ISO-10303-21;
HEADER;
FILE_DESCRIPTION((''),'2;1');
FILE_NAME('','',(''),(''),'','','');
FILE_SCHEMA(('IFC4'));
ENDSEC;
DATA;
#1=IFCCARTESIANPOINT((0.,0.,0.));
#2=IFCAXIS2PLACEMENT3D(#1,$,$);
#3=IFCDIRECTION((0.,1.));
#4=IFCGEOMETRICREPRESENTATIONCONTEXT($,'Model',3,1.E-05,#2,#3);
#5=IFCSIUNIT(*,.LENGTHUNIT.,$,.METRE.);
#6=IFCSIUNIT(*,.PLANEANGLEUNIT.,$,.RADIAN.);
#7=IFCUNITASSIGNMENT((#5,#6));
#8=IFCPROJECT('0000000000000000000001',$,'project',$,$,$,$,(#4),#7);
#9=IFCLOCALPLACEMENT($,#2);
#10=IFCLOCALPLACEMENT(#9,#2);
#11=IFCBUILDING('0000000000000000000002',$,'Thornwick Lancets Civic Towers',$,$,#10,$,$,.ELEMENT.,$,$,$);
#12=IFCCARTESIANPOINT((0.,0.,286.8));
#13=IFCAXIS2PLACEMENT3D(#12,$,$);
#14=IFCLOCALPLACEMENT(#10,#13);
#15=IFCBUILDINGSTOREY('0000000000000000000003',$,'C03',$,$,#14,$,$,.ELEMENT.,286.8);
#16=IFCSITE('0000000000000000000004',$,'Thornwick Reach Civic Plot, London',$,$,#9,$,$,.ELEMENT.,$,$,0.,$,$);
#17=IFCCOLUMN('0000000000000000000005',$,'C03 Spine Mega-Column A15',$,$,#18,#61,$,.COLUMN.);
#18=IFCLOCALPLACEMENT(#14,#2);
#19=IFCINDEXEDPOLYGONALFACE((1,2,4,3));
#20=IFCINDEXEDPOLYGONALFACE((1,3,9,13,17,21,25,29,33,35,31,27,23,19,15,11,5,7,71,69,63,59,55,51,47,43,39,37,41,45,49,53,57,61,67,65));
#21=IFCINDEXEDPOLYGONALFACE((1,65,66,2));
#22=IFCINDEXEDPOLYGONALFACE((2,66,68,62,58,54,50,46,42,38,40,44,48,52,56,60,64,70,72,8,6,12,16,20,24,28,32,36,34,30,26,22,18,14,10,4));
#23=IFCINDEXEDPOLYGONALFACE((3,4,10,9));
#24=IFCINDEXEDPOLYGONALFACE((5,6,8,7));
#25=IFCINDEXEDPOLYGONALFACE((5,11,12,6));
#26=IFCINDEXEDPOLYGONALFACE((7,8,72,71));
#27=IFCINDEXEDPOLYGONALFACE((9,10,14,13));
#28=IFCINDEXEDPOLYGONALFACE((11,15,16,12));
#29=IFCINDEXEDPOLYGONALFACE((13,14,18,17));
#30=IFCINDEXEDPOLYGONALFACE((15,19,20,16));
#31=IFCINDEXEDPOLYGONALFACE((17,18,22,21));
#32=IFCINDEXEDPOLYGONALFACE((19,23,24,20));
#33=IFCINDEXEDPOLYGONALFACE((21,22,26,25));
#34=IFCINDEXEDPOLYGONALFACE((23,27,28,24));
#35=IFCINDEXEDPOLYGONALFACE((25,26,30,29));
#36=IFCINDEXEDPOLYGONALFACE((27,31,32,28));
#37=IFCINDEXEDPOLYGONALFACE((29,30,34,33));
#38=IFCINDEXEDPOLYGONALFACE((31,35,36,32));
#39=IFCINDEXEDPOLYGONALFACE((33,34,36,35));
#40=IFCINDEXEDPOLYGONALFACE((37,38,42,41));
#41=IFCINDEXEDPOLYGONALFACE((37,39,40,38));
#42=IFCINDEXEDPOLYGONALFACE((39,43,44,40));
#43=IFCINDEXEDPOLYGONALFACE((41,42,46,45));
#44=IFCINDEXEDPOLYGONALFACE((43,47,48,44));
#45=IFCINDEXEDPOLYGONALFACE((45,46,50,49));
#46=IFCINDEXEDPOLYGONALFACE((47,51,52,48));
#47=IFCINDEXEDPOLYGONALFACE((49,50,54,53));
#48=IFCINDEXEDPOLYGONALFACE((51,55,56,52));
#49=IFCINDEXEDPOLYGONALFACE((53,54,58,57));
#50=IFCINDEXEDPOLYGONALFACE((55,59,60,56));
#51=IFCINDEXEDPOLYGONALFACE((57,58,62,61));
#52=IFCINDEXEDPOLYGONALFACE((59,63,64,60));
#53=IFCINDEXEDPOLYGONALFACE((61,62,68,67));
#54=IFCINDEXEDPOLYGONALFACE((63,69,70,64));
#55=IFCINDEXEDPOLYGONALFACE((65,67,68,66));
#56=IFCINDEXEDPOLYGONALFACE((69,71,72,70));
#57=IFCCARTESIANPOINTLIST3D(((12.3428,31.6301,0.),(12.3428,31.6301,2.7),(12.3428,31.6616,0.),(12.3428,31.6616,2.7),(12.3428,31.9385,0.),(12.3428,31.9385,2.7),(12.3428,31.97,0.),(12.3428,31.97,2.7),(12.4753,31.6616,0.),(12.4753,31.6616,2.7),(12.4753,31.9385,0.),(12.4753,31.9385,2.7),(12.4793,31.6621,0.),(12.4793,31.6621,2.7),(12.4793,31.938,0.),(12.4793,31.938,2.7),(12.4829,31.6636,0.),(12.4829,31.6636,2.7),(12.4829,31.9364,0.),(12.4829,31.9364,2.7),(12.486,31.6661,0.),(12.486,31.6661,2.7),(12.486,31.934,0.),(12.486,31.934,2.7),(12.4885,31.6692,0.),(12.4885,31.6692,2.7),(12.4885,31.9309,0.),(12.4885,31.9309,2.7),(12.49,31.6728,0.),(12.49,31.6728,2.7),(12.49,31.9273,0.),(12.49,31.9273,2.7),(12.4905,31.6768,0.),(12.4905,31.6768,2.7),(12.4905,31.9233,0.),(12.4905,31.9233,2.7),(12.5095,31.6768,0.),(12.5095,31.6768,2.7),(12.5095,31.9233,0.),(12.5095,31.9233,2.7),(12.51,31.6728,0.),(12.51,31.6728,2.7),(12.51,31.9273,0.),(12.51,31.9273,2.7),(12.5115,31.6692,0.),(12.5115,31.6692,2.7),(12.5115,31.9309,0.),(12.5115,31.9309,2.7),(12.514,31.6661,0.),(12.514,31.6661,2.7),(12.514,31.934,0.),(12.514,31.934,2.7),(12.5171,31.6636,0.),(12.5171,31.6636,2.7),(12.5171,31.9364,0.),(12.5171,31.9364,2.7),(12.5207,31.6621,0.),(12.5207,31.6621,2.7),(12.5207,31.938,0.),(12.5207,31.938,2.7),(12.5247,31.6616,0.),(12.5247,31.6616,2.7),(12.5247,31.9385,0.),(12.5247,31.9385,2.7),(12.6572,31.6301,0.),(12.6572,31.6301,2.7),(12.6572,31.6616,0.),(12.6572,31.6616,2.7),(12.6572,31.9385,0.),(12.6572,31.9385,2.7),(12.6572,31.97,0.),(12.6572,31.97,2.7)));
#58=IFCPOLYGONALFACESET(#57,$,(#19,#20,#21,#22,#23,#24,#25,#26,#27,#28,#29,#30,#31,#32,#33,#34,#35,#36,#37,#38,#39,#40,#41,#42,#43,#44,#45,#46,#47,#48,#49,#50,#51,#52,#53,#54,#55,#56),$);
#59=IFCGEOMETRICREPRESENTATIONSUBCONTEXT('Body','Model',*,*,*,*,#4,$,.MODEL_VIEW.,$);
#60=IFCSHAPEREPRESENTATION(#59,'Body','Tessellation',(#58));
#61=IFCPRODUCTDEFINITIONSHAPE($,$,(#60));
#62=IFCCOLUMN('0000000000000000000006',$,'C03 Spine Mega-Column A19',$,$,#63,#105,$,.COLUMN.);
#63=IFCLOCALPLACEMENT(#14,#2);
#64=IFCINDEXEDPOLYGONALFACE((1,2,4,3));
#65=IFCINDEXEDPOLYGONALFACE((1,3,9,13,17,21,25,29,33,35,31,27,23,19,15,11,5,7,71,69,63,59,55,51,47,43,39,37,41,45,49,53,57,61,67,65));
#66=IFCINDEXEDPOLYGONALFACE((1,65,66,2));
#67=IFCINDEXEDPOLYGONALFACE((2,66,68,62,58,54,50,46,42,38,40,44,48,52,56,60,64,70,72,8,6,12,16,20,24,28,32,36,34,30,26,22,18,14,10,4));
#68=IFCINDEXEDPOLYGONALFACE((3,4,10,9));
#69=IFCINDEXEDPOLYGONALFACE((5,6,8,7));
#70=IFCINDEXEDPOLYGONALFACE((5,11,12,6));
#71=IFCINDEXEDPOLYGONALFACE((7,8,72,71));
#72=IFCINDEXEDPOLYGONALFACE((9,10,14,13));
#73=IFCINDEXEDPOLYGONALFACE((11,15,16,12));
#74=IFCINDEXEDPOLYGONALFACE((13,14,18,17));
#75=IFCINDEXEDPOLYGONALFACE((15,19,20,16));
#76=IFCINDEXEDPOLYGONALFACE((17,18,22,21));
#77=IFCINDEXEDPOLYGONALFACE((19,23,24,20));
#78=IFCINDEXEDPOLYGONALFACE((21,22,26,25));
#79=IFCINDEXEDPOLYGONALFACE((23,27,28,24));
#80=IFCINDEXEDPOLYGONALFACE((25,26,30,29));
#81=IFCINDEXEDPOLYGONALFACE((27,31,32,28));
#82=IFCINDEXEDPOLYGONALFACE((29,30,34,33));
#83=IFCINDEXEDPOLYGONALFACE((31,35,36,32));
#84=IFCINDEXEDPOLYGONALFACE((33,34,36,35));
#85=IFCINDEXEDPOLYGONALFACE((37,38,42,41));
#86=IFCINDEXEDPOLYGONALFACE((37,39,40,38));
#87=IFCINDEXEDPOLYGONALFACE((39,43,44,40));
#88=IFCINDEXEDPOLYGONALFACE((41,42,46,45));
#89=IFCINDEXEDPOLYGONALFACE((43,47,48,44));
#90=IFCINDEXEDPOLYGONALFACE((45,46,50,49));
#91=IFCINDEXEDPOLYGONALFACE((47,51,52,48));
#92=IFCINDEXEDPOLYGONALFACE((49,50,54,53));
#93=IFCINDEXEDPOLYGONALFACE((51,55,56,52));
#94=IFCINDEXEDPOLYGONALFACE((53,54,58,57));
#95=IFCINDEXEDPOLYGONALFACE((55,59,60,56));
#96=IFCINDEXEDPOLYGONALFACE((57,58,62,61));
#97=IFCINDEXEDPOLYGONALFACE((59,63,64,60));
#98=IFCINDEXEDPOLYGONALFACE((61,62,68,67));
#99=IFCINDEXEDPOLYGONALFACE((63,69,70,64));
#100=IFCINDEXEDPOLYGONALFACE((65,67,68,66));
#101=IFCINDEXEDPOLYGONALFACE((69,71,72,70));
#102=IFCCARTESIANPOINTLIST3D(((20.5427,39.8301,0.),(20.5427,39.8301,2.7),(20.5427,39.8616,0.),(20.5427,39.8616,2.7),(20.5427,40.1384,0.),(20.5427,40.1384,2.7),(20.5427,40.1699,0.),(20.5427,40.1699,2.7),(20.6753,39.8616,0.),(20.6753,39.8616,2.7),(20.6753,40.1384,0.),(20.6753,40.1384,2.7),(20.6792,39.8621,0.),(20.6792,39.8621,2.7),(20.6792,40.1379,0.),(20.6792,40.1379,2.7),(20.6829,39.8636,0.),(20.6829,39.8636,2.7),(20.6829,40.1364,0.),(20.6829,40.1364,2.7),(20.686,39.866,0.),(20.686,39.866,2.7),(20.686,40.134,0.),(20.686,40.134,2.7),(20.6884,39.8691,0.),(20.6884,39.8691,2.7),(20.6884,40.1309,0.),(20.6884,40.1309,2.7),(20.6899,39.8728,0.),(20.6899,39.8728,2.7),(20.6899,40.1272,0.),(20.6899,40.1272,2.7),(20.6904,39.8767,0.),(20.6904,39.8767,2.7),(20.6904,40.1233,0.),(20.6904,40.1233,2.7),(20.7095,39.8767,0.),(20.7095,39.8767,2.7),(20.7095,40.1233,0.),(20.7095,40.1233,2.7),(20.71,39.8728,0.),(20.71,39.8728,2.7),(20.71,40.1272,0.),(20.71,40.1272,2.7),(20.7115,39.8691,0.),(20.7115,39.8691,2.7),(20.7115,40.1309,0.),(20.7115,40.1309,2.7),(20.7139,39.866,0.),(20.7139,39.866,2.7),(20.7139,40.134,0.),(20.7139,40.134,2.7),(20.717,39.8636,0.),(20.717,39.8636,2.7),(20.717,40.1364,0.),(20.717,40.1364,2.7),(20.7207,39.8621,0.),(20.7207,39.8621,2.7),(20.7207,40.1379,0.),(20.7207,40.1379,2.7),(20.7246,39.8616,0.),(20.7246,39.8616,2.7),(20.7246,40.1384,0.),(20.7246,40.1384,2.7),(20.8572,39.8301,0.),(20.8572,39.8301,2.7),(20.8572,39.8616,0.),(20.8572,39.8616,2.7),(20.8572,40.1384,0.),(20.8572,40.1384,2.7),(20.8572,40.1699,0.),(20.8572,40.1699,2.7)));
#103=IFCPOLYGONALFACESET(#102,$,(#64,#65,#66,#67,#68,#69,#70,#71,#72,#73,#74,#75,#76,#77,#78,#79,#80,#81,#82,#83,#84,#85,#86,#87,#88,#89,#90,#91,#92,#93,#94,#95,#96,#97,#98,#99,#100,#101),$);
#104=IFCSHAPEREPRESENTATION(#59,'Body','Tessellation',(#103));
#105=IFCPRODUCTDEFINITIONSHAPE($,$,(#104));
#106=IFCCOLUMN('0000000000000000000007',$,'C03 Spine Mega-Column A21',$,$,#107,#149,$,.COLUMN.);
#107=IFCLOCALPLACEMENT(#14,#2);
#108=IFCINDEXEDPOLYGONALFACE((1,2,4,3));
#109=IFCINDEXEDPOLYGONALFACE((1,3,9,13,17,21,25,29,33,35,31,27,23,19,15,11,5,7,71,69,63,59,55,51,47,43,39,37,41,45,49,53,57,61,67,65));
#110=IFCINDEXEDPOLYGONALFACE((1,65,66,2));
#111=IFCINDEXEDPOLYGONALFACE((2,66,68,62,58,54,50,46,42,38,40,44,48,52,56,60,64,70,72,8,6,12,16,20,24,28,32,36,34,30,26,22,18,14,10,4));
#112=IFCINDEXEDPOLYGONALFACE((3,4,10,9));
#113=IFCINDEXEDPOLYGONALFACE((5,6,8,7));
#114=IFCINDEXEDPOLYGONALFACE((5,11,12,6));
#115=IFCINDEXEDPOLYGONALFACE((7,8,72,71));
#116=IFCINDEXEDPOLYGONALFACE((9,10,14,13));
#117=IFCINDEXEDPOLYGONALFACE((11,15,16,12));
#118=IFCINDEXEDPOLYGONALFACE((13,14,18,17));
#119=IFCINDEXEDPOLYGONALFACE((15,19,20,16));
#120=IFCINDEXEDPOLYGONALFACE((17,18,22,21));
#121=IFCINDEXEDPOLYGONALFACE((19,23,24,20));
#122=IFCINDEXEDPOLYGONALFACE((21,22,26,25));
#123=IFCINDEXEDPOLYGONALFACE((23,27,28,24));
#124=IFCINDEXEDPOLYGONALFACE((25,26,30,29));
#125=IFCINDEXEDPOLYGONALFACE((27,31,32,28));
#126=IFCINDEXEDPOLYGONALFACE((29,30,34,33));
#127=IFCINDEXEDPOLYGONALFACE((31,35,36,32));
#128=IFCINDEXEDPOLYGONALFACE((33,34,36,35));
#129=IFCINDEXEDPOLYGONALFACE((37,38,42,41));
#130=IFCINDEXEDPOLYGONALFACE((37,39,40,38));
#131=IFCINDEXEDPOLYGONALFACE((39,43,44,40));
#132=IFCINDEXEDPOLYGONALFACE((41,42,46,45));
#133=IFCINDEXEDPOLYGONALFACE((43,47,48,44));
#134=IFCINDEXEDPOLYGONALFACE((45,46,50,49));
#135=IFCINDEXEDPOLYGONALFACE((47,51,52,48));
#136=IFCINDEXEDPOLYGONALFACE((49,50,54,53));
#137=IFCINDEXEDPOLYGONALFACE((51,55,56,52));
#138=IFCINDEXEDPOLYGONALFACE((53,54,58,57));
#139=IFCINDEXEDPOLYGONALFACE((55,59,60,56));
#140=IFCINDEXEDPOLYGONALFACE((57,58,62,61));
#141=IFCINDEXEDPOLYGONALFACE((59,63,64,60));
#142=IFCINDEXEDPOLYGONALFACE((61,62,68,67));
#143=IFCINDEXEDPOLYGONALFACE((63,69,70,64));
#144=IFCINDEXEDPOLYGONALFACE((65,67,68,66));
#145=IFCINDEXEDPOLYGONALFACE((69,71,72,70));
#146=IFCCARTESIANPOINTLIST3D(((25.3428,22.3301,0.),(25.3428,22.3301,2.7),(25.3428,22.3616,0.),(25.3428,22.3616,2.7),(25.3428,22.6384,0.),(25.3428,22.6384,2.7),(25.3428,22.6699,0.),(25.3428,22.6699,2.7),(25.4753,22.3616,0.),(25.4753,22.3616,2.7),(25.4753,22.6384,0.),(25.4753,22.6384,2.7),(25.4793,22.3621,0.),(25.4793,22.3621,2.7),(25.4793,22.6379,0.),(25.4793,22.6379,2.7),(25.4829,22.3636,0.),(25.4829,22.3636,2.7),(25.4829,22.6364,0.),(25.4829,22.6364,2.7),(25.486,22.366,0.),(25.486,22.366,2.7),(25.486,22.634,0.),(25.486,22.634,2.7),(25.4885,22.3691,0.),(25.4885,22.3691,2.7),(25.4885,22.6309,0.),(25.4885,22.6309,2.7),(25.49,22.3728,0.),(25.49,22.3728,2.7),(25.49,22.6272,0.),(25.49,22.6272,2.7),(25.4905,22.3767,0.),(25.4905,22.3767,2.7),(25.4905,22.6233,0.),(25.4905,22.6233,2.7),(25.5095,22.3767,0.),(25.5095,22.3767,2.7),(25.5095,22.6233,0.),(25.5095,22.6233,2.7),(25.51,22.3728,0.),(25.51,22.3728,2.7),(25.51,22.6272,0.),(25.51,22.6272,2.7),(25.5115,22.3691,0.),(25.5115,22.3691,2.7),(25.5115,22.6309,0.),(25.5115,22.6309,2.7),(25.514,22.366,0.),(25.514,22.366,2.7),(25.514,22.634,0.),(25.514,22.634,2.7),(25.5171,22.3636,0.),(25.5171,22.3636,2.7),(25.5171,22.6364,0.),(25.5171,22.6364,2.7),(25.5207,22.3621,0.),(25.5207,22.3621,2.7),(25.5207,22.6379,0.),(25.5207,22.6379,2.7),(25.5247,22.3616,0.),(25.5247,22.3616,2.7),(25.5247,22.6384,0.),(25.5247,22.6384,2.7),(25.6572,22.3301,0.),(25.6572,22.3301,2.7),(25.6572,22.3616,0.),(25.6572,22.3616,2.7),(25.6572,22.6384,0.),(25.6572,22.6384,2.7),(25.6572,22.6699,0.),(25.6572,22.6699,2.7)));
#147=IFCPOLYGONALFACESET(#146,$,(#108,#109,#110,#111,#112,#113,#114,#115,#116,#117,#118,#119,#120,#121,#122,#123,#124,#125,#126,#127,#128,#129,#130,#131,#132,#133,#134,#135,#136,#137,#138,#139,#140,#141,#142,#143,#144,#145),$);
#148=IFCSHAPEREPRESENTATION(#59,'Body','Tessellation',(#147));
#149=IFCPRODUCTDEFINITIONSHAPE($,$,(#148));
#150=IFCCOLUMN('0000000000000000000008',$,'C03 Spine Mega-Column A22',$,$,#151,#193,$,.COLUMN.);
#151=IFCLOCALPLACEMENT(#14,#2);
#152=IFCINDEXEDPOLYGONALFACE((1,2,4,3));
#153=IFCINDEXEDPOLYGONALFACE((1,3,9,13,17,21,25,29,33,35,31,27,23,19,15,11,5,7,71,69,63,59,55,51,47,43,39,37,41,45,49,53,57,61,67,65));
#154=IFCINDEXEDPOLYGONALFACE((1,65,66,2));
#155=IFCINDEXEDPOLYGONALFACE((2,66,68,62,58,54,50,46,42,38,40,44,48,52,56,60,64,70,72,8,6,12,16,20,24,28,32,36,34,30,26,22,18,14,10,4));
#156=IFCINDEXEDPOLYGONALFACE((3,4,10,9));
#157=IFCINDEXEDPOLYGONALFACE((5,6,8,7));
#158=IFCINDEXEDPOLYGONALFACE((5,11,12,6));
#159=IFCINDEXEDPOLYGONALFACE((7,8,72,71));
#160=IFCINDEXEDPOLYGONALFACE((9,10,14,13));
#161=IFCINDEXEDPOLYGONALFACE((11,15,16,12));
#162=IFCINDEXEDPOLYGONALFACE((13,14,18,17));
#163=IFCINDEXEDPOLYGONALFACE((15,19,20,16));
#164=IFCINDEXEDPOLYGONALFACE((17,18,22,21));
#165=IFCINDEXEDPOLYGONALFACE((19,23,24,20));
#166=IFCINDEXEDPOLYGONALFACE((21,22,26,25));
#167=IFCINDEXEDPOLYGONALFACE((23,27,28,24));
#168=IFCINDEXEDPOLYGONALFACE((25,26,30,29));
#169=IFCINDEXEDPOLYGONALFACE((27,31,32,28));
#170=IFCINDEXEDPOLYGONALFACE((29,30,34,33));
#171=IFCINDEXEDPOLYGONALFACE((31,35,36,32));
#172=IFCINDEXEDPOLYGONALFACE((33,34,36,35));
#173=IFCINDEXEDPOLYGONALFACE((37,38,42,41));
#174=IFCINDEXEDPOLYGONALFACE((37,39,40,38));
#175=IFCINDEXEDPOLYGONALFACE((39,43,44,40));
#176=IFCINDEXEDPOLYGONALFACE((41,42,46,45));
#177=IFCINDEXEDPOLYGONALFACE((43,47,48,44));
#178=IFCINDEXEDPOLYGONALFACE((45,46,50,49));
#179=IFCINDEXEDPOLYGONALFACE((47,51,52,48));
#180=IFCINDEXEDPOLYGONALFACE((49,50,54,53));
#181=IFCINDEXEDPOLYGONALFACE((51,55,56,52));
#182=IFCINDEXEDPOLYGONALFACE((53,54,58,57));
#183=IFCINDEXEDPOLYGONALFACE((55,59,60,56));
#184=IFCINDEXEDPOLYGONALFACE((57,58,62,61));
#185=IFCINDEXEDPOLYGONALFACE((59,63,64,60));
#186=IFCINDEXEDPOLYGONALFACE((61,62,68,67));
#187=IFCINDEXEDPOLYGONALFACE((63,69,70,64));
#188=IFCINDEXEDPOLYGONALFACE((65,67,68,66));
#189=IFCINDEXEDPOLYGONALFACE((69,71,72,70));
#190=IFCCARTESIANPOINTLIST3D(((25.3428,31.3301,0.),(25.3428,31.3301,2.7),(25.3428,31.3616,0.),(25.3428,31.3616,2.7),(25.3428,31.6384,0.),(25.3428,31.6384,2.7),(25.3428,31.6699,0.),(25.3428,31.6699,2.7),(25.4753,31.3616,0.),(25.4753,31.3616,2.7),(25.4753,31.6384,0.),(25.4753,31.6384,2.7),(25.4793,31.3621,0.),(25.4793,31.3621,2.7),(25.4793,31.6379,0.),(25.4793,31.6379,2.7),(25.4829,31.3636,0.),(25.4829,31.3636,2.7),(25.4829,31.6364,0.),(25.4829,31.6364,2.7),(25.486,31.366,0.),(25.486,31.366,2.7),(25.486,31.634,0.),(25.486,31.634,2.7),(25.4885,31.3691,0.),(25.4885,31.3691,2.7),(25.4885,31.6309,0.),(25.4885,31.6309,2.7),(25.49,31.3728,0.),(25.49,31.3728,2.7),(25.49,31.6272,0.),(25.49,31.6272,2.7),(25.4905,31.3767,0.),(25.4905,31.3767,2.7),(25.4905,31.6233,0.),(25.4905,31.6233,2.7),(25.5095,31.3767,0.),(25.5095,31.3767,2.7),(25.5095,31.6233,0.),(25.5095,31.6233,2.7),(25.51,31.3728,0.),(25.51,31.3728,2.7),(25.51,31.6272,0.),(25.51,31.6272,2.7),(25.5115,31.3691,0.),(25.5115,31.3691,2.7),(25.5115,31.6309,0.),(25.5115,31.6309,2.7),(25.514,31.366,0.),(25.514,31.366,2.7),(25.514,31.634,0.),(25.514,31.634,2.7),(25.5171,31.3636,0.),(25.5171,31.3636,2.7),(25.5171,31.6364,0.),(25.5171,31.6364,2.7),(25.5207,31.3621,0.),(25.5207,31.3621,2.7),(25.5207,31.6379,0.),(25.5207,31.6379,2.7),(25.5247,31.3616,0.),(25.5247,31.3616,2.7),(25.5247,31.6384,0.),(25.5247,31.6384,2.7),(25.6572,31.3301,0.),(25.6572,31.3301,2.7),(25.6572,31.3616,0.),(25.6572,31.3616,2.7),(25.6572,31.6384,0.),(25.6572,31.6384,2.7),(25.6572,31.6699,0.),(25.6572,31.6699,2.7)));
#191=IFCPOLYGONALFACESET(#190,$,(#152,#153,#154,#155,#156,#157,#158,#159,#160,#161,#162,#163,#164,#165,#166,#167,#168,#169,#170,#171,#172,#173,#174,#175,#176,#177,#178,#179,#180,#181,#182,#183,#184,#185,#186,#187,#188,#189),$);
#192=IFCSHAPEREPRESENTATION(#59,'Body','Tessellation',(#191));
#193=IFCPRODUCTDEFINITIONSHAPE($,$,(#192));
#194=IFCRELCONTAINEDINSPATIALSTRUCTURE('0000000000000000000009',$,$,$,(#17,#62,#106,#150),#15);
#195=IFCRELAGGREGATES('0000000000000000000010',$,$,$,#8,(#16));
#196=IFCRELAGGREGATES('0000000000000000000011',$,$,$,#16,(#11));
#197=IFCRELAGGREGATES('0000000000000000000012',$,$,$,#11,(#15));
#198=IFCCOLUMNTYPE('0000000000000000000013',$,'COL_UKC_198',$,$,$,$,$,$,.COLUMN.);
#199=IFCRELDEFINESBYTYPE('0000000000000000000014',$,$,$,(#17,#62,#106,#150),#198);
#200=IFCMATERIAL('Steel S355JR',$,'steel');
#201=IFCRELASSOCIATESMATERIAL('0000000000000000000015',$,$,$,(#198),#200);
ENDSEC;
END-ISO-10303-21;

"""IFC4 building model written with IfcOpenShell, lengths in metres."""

from ifc_helpers import new_model, si_unit, direction, frame, origin, origin_2d, place, context, subcontext, project, spatial, i_section, extrude, material, material_profile, profile_set, type_object, element, save


model = new_model("IFC4")

# Units and contexts
model_context = context("Model", 3, precision=1e-05, world=origin(), true_north=direction((0.0, 1.0)))
body_context = subcontext(model_context, "Body", "Model", "MODEL_VIEW")
ifc_project = project(units=[si_unit("LENGTHUNIT", "METRE"), si_unit("PLANEANGLEUNIT", "RADIAN")], contexts=[model_context])

# Site, building, storey
site_placement = place(None, origin())
site = spatial("IfcSite", under=ifc_project, at=site_placement, Name="Thornwick Reach Civic Plot, London", CompositionType="ELEMENT", RefElevation=0.0)
building_placement = place(site_placement, origin())
building = spatial("IfcBuilding", under=site, at=building_placement, Name="Thornwick Lancets Civic Towers", CompositionType="ELEMENT")
storey_placement = place(building_placement, frame((0.0, 0.0, 286.8)))
storey = spatial("IfcBuildingStorey", under=building, at=storey_placement, Name="C03", CompositionType="ELEMENT", Elevation=286.8)

# Columns
ifc_material_1 = material(Name="Steel S355JR", Category="steel")
ifc_material_profile_1 = material_profile(ifc_material_1, i_section(OverallWidth=0.3145, OverallDepth=0.3398, WebThickness=0.019, FlangeThickness=0.0315, FilletRadius=0.0151, at=origin_2d()), Name="UKC 305x305x198")
ifc_profile_set_1 = profile_set([ifc_material_profile_1], Name="Steel S355JR")
column_type = type_object("IfcColumnType", Name="COL_UKC_198", PredefinedType="COLUMN", material=ifc_profile_set_1)
for number, where, z_axis, x_axis, name in (
    (1, (12.5, 31.8, 0.0), (0.0, 0.0, 1.0), (1.0, 0.0, 0.0), "C03 Spine Mega-Column A15"),
    (2, (20.7, 40.0, 0.0), (0.0, 0.0, 1.0), (1.0, 0.0, 0.0), "C03 Spine Mega-Column A19"),
    (3, (25.5, 22.5, 0.0), (0.0, 0.0, 1.0), (1.0, 0.0, 0.0), "C03 Spine Mega-Column A21"),
    (4, (25.5, 31.5, 0.0), (0.0, 0.0, 1.0), (1.0, 0.0, 0.0), "C03 Spine Mega-Column A22"),
):
    element("IfcColumn", number, at=place(storey_placement, frame(where, z_axis=z_axis, x_axis=x_axis)), inside=storey, type_object=column_type, Name=name, PredefinedType="COLUMN", context=body_context, shape_type="SweptSolid", body=[
        extrude(i_section(OverallWidth=0.3145, OverallDepth=0.3398, WebThickness=0.019, FlangeThickness=0.0315, FilletRadius=0.0151, at=origin_2d()), origin(), (0.0, 0.0, 1.0), 2.7),
    ])

save(model, "model.ifc")
